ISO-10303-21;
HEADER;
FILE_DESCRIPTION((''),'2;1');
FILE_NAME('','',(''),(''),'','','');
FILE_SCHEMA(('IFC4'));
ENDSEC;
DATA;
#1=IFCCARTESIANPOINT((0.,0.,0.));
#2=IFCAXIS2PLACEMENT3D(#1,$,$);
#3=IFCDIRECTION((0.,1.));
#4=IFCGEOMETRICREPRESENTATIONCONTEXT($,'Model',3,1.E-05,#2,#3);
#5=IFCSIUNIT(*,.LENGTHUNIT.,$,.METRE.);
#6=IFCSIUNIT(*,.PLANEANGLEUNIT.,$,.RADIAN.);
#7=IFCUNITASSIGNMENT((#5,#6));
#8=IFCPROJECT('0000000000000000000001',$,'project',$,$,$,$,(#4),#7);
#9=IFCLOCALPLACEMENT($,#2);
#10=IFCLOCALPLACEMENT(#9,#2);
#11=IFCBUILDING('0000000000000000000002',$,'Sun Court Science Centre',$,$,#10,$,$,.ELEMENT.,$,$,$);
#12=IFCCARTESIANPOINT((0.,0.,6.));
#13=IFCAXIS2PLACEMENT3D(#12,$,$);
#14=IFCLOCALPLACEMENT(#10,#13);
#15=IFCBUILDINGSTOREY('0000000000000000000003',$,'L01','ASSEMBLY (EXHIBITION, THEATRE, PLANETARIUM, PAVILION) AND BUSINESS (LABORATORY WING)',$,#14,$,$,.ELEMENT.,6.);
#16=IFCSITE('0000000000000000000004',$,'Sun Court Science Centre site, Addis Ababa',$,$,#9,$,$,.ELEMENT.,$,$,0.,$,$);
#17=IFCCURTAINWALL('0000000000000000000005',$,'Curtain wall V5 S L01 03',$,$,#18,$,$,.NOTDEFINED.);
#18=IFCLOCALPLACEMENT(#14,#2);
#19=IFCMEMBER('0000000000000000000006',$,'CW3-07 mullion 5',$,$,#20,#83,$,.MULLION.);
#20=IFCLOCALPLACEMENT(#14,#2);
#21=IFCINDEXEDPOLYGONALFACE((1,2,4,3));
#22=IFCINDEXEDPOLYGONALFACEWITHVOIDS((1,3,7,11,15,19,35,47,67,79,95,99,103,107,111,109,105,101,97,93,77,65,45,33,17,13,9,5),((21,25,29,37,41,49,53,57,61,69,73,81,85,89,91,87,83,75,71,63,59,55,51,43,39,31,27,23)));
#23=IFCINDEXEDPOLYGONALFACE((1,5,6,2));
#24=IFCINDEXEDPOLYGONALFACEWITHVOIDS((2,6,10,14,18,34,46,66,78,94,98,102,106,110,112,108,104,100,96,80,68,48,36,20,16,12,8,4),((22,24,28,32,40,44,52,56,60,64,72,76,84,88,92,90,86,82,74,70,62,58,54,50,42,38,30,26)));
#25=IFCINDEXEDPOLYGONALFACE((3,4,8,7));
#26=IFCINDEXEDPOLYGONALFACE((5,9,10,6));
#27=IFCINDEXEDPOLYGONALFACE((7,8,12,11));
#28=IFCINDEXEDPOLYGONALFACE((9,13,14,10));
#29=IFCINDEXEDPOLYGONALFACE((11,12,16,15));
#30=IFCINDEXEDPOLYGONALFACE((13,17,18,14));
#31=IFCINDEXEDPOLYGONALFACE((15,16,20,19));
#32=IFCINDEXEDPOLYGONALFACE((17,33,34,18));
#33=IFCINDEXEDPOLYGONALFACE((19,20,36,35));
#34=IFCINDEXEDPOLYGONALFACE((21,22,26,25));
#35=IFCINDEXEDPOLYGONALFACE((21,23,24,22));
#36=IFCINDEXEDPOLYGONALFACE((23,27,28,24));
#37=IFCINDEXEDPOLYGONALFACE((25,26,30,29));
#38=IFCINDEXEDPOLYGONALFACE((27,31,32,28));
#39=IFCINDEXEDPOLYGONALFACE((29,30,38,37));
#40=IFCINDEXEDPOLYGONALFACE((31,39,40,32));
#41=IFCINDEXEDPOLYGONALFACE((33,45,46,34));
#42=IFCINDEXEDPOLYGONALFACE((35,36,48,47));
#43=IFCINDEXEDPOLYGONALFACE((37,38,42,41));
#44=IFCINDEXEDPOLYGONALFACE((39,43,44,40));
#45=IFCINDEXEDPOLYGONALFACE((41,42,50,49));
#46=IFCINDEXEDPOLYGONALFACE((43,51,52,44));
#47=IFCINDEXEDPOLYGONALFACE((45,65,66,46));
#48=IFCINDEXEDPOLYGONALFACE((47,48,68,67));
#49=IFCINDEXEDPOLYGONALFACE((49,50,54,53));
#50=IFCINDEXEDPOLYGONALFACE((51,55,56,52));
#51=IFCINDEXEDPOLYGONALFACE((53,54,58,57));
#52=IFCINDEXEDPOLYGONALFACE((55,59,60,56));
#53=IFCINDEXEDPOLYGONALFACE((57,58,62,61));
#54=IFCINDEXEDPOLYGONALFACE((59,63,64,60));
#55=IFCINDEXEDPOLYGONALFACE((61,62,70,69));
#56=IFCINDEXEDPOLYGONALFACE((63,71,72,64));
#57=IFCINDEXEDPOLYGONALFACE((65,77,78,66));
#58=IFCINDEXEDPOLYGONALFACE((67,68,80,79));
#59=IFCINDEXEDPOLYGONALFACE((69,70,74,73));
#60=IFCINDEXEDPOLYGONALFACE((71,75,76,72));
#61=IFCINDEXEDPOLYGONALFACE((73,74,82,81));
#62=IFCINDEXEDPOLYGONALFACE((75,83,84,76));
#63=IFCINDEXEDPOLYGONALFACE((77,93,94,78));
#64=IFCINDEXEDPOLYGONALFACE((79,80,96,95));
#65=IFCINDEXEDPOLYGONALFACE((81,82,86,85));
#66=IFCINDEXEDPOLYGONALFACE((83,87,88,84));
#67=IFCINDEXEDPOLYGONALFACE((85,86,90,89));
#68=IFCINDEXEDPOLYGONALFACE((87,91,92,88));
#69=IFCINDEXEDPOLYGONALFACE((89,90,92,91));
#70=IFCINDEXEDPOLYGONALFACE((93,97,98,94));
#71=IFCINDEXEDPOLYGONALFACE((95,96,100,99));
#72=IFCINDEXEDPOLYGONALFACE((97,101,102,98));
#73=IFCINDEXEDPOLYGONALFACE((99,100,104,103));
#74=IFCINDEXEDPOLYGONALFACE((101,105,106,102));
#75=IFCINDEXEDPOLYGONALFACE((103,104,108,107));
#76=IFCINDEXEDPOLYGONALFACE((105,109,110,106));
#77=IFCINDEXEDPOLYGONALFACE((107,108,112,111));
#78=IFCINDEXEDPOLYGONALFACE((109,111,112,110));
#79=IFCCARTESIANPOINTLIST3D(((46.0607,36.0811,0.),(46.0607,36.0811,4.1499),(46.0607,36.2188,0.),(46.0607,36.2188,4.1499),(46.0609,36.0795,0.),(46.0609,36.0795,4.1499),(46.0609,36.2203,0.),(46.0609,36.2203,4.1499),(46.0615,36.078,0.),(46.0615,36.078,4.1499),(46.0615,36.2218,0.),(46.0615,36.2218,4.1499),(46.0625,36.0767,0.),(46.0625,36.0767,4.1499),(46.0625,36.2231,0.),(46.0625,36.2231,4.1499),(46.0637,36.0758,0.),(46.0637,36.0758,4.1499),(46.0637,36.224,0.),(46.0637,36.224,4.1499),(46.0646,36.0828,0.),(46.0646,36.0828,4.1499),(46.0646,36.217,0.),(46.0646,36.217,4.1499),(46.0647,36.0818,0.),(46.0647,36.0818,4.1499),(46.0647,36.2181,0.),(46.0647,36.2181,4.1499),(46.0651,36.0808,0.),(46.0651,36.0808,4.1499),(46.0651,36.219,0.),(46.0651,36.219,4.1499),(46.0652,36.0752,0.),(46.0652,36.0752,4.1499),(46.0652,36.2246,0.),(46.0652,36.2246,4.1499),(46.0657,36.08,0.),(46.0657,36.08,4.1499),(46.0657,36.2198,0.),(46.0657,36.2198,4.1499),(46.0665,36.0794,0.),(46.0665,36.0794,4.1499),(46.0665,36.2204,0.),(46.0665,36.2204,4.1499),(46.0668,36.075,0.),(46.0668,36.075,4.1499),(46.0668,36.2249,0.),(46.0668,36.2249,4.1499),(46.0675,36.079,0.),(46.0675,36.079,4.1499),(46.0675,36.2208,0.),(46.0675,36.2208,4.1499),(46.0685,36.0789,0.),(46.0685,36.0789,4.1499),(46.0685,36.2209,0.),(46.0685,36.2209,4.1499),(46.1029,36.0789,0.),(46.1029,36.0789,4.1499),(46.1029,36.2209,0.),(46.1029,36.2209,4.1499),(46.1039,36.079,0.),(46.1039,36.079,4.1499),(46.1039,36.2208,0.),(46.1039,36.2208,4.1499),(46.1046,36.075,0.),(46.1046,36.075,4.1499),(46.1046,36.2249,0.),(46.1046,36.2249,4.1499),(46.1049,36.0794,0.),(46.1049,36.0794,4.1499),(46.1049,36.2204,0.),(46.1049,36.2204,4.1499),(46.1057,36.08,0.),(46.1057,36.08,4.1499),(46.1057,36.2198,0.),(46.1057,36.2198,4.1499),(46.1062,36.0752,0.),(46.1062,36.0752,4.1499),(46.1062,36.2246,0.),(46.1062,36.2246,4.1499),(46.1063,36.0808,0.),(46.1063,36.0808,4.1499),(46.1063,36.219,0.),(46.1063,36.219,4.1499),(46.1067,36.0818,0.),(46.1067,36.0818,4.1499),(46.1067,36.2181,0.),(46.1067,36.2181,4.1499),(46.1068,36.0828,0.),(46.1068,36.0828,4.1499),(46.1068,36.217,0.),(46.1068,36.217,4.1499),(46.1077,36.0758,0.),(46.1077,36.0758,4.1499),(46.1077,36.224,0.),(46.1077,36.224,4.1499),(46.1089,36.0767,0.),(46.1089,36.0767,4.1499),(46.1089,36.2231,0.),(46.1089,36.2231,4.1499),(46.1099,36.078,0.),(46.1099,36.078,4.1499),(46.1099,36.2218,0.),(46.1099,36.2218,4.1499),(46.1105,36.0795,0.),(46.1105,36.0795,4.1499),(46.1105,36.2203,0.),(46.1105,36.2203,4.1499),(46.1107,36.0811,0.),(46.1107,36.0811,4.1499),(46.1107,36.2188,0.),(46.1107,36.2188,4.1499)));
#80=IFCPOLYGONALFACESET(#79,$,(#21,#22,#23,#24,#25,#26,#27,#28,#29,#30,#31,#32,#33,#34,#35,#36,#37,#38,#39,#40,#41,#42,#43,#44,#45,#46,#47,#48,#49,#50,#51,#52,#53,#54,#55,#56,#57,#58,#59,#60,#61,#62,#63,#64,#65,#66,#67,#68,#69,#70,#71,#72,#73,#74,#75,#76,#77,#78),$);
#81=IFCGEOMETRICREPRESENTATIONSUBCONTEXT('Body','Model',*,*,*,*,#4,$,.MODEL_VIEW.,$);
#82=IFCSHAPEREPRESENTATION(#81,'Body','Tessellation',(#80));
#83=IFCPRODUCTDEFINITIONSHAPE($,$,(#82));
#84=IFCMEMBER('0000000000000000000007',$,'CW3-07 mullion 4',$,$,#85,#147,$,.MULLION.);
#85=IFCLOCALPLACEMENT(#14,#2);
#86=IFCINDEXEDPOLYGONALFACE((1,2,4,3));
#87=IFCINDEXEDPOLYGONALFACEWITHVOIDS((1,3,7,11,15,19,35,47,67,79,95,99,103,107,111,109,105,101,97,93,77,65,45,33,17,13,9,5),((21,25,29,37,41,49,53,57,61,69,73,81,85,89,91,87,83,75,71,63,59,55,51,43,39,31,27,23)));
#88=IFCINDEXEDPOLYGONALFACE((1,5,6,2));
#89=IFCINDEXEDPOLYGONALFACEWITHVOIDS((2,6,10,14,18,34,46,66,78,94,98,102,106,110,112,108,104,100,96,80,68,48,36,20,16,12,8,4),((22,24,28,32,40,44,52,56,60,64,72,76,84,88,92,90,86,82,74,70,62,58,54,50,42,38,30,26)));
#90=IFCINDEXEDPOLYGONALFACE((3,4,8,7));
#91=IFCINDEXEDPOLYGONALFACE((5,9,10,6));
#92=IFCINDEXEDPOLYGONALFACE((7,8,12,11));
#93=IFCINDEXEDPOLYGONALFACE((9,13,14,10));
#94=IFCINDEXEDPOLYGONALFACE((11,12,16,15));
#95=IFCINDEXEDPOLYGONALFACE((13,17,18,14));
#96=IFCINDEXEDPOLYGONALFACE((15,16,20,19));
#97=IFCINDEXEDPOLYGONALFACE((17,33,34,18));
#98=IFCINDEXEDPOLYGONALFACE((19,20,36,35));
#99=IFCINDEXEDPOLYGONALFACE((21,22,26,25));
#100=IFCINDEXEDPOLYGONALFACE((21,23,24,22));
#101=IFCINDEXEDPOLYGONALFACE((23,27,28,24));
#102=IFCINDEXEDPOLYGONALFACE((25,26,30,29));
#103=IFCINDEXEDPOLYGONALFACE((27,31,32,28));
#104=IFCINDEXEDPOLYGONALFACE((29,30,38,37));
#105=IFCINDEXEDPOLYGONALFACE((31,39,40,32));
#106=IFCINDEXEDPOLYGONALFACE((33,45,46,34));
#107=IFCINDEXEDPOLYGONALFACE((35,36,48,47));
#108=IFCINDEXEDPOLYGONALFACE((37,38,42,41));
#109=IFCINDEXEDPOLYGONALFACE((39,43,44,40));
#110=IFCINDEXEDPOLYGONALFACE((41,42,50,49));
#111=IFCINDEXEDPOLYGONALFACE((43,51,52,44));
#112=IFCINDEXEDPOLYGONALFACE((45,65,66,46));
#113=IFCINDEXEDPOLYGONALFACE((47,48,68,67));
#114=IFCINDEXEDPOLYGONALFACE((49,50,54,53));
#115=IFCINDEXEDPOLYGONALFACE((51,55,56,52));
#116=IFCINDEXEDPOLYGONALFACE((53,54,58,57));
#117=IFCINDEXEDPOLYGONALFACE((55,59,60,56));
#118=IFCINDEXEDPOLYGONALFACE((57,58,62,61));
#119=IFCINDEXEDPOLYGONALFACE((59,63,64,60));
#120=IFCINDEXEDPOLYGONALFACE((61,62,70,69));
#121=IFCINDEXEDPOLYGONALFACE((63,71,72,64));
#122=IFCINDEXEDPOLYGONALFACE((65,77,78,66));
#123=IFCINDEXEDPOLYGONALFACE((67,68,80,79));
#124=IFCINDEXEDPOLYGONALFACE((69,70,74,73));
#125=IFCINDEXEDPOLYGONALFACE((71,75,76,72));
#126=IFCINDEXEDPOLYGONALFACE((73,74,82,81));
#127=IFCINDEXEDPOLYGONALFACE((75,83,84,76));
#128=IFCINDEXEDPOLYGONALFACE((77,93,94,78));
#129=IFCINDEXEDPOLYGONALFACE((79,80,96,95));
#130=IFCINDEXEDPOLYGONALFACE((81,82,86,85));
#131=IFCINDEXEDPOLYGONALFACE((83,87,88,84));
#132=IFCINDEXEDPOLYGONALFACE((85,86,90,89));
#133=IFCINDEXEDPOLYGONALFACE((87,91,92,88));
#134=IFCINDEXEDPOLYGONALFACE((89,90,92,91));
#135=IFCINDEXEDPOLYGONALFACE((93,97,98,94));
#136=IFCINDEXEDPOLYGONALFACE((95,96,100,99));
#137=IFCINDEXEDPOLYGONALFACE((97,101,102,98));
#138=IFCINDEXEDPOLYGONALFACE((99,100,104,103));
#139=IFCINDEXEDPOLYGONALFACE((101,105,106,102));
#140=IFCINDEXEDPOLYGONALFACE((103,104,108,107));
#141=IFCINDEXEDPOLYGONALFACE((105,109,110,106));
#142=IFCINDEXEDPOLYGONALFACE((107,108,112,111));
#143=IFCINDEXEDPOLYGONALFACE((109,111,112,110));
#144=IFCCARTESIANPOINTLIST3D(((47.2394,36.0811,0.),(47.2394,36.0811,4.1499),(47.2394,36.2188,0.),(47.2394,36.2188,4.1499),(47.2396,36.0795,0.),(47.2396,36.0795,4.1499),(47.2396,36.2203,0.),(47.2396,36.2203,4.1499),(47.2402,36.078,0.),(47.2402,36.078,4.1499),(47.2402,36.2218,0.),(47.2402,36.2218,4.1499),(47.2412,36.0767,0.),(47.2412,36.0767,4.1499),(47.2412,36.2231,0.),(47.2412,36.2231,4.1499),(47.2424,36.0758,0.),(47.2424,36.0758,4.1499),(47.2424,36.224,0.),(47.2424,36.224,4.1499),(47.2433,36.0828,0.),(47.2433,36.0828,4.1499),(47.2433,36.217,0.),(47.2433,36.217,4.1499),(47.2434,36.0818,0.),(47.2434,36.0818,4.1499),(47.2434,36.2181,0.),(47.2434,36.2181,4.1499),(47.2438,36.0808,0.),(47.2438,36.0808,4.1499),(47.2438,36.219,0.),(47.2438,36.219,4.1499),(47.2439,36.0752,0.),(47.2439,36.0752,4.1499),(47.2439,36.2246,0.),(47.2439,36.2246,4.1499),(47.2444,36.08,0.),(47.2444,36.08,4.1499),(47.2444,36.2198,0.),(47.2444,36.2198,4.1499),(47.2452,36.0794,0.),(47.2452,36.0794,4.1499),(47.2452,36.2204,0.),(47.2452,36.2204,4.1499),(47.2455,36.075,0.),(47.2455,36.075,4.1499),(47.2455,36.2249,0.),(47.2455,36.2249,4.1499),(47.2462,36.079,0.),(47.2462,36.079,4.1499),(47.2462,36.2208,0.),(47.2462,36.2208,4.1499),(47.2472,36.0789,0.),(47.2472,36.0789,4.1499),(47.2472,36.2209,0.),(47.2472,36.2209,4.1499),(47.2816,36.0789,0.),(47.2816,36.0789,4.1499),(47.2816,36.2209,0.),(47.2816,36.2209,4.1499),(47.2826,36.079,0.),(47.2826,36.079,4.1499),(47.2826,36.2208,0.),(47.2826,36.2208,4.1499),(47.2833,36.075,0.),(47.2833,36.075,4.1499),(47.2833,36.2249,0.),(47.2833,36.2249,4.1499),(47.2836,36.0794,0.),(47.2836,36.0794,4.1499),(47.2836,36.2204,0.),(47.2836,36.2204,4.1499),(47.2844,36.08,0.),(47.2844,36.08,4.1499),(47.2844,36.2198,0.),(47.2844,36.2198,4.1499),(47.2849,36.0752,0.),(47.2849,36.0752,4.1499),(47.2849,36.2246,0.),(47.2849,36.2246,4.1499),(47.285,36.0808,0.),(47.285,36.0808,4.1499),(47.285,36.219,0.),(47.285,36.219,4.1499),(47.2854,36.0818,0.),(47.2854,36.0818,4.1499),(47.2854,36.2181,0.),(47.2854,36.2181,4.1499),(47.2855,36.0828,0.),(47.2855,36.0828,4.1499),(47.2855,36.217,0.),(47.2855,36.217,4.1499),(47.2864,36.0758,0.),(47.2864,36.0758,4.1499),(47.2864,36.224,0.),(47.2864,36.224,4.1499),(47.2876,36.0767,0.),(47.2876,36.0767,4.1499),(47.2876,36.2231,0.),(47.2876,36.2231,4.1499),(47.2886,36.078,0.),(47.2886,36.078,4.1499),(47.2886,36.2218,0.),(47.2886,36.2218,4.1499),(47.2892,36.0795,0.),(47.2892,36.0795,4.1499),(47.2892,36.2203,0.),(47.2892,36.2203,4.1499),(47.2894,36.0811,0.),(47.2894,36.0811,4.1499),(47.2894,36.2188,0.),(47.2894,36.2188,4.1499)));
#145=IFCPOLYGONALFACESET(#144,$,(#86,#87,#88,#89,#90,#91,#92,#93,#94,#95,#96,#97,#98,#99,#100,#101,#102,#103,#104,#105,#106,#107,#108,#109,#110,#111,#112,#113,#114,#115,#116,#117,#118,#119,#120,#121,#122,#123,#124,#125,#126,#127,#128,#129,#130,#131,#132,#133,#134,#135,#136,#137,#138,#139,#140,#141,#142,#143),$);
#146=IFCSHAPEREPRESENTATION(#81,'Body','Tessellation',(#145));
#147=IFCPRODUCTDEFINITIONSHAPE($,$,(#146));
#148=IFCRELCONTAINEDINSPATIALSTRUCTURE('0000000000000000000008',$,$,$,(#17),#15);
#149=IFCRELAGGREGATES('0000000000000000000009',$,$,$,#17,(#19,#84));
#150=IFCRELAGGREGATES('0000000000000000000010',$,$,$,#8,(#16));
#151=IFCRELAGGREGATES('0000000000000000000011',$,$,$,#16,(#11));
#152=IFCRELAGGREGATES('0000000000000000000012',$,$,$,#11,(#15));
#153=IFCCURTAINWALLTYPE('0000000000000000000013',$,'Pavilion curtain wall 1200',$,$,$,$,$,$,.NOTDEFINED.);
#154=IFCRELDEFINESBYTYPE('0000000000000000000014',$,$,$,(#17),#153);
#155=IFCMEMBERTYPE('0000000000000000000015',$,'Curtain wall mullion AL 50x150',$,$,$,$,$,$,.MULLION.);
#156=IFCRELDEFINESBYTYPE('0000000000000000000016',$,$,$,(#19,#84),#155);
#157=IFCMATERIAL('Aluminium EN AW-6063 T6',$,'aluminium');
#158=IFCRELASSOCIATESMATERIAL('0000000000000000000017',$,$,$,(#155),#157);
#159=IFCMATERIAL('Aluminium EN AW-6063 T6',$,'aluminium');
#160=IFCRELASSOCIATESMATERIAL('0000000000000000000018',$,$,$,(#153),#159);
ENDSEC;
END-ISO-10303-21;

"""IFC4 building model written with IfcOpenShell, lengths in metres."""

from ifc_helpers import new_model, si_unit, direction, frame, origin, origin_2d, place, context, subcontext, project, spatial, hollow_rectangle, extrude, material, material_profile, profile_set, type_object, element, aggregate, save


model = new_model("IFC4")

# Units and contexts
model_context = context("Model", 3, precision=1e-05, world=origin(), true_north=direction((0.0, 1.0)))
body_context = subcontext(model_context, "Body", "Model", "MODEL_VIEW")
ifc_project = project(units=[si_unit("LENGTHUNIT", "METRE"), si_unit("PLANEANGLEUNIT", "RADIAN")], contexts=[model_context])

# Site, building, storey
site_placement = place(None, origin())
site = spatial("IfcSite", under=ifc_project, at=site_placement, Name="Sun Court Science Centre site, Addis Ababa", CompositionType="ELEMENT", RefElevation=0.0)
building_placement = place(site_placement, origin())
building = spatial("IfcBuilding", under=site, at=building_placement, Name="Sun Court Science Centre", CompositionType="ELEMENT")
storey_placement = place(building_placement, frame((0.0, 0.0, 6.0)))
storey = spatial("IfcBuildingStorey", under=building, at=storey_placement, Name="L01", Description="ASSEMBLY (EXHIBITION, THEATRE, PLANETARIUM, PAVILION) AND BUSINESS (LABORATORY WING)", CompositionType="ELEMENT", Elevation=6.0)

# Shared definitions
ifc_material_1 = material(Name="Aluminium EN AW-6063 T6", Category="aluminium")
ifc_material_profile_1 = material_profile(ifc_material_1, hollow_rectangle(XDim=0.05, YDim=0.1499, WallThickness=0.0039, InnerFilletRadius=0.0039, OuterFilletRadius=0.0061, at=origin_2d()), Name="AL 50x150x4")
ifc_profile_set_1 = profile_set([ifc_material_profile_1], Name="Aluminium EN AW-6063 T6")
member_type_1 = type_object("IfcMemberType", Name="Curtain wall mullion AL 50x150", PredefinedType="MULLION", material=ifc_profile_set_1)

# Curtain wall, members
ifc_material_2 = material(Name="Aluminium EN AW-6063 T6", Category="aluminium")
curtain_wall_type_1 = type_object("IfcCurtainWallType", Name="Pavilion curtain wall 1200", PredefinedType="NOTDEFINED", material=ifc_material_2)
curtain_wall_1_placement = place(storey_placement, origin())
curtain_wall_1 = element("IfcCurtainWall", 1, at=curtain_wall_1_placement, inside=storey, type_object=curtain_wall_type_1, Name="Curtain wall V5 S L01 03", PredefinedType="NOTDEFINED")
member_1_placement = place(storey_placement, frame((46.0857, 36.1499, 0.0), z_axis=(0.0, 0.0, 1.0), x_axis=(-1.0, 0.0, 0.0)))
member_1 = element("IfcMember", 2, at=member_1_placement, type_object=member_type_1, Name="CW3-07 mullion 5", PredefinedType="MULLION", context=body_context, shape_type="SweptSolid", body=[
    extrude(hollow_rectangle(XDim=0.05, YDim=0.1499, WallThickness=0.0039, InnerFilletRadius=0.0039, OuterFilletRadius=0.0061, at=origin_2d()), origin(), (0.0, 0.0, 1.0), 4.1499),
])
member_2_placement = place(storey_placement, frame((47.2644, 36.1499, 0.0), z_axis=(0.0, 0.0, 1.0), x_axis=(-1.0, 0.0, 0.0)))
member_2 = element("IfcMember", 3, at=member_2_placement, type_object=member_type_1, Name="CW3-07 mullion 4", PredefinedType="MULLION", context=body_context, shape_type="SweptSolid", body=[
    extrude(hollow_rectangle(XDim=0.05, YDim=0.1499, WallThickness=0.0039, InnerFilletRadius=0.0039, OuterFilletRadius=0.0061, at=origin_2d()), origin(), (0.0, 0.0, 1.0), 4.1499),
])

aggregate(curtain_wall_1, [member_1, member_2])

save(model, "model.ifc")
